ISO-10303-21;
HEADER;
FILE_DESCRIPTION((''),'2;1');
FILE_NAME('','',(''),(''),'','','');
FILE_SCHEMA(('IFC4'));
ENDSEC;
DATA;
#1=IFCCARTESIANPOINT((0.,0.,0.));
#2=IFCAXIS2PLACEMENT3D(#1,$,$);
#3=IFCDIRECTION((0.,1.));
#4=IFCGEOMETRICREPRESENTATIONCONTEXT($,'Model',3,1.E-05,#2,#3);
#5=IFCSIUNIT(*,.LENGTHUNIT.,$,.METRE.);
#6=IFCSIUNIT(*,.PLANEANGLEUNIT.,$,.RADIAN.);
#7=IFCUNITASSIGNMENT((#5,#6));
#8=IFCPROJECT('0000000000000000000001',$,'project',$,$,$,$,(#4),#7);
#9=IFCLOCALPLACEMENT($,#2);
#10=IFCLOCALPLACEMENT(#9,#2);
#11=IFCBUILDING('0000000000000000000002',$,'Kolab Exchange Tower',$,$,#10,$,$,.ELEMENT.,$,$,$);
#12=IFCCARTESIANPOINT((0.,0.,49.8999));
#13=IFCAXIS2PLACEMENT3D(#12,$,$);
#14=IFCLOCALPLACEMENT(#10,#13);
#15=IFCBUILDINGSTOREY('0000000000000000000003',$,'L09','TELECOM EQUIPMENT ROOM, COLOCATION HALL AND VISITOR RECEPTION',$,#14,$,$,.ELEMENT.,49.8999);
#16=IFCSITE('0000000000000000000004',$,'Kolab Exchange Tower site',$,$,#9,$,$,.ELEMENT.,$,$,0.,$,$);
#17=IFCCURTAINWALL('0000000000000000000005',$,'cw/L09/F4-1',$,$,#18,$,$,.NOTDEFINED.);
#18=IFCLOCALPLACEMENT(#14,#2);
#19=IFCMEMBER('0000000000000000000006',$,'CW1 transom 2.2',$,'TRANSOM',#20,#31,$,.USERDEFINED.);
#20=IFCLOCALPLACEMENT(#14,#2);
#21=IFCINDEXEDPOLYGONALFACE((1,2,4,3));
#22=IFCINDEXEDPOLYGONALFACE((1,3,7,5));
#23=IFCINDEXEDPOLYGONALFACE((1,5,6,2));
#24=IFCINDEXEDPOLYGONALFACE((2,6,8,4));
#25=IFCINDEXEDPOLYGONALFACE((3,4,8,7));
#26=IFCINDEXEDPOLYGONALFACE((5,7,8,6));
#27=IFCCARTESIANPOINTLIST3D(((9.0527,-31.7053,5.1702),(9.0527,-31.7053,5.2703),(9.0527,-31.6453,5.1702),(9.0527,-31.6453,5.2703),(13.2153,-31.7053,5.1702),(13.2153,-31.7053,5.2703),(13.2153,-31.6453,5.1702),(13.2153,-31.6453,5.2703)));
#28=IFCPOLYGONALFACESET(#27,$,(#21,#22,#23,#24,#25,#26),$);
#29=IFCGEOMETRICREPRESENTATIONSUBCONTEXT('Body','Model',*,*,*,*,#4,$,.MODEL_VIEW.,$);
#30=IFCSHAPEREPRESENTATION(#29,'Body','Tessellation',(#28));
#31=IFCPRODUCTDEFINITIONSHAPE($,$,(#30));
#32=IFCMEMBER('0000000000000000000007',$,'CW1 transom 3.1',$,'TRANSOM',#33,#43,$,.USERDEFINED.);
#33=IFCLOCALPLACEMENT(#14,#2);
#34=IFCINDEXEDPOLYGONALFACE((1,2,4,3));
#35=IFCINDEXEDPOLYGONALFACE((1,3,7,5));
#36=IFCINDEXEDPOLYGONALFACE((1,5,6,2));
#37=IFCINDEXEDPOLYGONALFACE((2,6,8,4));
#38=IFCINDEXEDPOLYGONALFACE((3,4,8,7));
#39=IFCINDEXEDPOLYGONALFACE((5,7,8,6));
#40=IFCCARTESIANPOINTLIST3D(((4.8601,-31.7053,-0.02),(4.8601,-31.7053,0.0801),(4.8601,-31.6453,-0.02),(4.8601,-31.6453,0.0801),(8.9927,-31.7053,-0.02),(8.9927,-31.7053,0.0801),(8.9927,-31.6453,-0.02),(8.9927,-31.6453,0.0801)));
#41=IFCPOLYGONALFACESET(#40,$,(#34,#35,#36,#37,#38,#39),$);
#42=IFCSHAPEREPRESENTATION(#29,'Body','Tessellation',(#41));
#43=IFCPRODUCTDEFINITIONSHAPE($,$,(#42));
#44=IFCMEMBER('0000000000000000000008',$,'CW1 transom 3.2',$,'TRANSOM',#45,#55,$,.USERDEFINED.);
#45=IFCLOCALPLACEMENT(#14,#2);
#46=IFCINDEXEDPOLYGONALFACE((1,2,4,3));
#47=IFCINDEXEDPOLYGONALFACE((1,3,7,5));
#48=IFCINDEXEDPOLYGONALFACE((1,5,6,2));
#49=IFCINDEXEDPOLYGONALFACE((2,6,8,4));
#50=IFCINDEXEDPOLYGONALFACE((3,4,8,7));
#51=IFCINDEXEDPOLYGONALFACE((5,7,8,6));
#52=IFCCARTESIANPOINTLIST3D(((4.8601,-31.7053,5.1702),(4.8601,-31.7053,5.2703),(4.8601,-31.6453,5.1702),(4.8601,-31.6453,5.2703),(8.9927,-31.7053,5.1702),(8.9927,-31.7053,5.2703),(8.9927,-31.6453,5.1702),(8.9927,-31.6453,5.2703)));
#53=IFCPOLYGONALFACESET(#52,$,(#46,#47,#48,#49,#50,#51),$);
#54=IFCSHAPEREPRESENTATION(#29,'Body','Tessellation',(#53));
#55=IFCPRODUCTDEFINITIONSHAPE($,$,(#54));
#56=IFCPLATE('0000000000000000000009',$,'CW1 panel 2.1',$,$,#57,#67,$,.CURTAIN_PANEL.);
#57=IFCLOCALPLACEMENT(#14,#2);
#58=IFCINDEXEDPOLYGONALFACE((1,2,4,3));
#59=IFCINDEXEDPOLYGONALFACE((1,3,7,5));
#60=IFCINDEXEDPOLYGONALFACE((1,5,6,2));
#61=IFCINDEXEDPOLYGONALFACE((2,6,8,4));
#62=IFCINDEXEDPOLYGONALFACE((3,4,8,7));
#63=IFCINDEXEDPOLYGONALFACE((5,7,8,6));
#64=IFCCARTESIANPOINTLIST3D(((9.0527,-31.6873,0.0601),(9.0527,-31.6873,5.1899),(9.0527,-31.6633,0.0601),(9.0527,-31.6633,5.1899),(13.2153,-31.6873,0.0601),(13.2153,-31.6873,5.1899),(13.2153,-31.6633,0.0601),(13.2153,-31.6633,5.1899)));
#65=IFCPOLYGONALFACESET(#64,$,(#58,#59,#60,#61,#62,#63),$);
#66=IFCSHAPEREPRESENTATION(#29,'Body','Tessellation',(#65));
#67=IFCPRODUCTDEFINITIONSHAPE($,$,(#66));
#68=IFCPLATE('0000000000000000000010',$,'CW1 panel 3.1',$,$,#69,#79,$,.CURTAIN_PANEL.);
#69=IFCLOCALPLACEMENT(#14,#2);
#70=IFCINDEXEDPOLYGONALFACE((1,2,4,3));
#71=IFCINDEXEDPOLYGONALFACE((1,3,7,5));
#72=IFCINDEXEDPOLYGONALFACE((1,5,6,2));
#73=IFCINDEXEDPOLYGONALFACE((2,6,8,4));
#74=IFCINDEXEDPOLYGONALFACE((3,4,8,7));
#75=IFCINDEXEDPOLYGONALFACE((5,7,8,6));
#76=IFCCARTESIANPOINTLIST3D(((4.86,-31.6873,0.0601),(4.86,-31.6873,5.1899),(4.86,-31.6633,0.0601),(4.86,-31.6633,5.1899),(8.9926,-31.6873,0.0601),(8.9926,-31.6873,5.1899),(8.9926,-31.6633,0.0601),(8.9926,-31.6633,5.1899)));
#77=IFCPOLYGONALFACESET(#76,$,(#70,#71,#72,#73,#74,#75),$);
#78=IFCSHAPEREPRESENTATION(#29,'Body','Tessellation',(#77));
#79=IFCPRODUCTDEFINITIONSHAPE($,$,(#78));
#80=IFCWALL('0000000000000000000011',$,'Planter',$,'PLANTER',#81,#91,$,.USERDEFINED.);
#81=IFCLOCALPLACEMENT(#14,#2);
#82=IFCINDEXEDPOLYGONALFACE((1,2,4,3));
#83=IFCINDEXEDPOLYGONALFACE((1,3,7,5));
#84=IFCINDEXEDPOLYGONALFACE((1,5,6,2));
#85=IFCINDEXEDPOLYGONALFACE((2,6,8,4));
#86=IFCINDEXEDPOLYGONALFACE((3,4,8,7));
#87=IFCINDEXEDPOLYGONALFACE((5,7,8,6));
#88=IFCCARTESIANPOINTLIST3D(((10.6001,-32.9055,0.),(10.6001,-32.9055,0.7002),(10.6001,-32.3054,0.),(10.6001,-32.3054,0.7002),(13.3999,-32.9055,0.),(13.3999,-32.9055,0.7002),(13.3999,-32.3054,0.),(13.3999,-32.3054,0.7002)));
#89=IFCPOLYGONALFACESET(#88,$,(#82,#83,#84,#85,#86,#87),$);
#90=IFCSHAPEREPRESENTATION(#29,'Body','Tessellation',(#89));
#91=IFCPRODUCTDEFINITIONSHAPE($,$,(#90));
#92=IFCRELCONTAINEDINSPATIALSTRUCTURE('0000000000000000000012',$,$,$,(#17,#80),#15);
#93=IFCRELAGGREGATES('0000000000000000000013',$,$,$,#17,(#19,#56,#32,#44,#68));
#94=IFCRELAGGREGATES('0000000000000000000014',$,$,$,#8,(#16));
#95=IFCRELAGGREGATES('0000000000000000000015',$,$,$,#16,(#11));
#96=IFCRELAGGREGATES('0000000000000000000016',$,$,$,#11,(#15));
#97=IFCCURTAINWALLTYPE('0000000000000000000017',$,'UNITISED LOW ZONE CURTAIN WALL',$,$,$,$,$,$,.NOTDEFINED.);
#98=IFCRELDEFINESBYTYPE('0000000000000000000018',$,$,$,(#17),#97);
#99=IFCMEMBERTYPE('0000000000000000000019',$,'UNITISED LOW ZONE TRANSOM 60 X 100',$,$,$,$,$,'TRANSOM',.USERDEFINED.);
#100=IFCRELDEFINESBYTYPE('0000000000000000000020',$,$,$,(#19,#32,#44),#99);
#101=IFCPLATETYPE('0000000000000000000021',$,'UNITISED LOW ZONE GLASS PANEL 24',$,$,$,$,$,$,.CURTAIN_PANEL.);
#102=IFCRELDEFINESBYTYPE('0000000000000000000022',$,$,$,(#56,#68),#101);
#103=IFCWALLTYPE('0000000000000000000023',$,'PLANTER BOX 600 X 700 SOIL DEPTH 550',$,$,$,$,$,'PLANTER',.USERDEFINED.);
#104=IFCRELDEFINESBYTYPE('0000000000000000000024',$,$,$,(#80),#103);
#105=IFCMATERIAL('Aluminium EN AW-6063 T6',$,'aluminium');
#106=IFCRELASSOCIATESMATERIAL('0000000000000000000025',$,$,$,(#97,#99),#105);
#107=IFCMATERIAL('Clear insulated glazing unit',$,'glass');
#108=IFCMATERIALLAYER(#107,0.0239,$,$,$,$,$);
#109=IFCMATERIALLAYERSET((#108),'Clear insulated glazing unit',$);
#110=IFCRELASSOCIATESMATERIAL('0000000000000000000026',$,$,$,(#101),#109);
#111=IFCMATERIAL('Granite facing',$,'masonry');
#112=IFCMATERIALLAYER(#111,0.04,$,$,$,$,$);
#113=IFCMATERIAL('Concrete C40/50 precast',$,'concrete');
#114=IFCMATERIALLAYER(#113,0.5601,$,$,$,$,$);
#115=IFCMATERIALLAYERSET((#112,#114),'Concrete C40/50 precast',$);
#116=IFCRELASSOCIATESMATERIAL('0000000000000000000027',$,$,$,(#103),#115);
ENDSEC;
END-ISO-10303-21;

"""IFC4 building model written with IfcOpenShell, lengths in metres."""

from ifc_helpers import new_model, si_unit, direction, frame, frame_2d, origin, origin_2d, place, context, subcontext, project, spatial, rectangle, extrude, material, layer, layer_set, material_profile, profile_set, type_object, element, aggregate, save


model = new_model("IFC4")

# Units and contexts
model_context = context("Model", 3, precision=1e-05, world=origin(), true_north=direction((0.0, 1.0)))
body_context = subcontext(model_context, "Body", "Model", "MODEL_VIEW")
ifc_project = project(units=[si_unit("LENGTHUNIT", "METRE"), si_unit("PLANEANGLEUNIT", "RADIAN")], contexts=[model_context])

# Site, building, storey
site_placement = place(None, origin())
site = spatial("IfcSite", under=ifc_project, at=site_placement, Name="Kolab Exchange Tower site", CompositionType="ELEMENT", RefElevation=0.0)
building_placement = place(site_placement, origin())
building = spatial("IfcBuilding", under=site, at=building_placement, Name="Kolab Exchange Tower", CompositionType="ELEMENT")
storey_placement = place(building_placement, frame((0.0, 0.0, 49.8999)))
storey = spatial("IfcBuildingStorey", under=building, at=storey_placement, Name="L09", Description="TELECOM EQUIPMENT ROOM, COLOCATION HALL AND VISITOR RECEPTION", CompositionType="ELEMENT", Elevation=49.8999)

# Curtain wall, members, plates
ifc_material_1 = material(Name="Aluminium EN AW-6063 T6", Category="aluminium")
curtain_wall_type = type_object("IfcCurtainWallType", Name="UNITISED LOW ZONE CURTAIN WALL", PredefinedType="NOTDEFINED", material=ifc_material_1)
curtain_wall_placement = place(storey_placement, origin())
curtain_wall = element("IfcCurtainWall", 1, at=curtain_wall_placement, inside=storey, type_object=curtain_wall_type, Name="cw/L09/F4-1", PredefinedType="NOTDEFINED")
ifc_material_profile_1 = material_profile(ifc_material_1, rectangle(XDim=0.0601, YDim=0.1001, at=origin_2d()), Name="RECT 60X100")
ifc_profile_set_1 = profile_set([ifc_material_profile_1], Name="Aluminium EN AW-6063 T6")
member_type_1 = type_object("IfcMemberType", Name="UNITISED LOW ZONE TRANSOM 60 X 100", ElementType="TRANSOM", PredefinedType="USERDEFINED", material=ifc_profile_set_1)
member_1_placement = place(storey_placement, frame((13.2153, -31.6753, 5.2202), z_axis=(-1.0, 0.0, 0.0), x_axis=(0.0, -1.0, 0.0)))
member_1 = element("IfcMember", 2, at=member_1_placement, type_object=member_type_1, Name="CW1 transom 2.2", ObjectType="TRANSOM", PredefinedType="USERDEFINED", context=body_context, shape_type="SweptSolid", body=[
    extrude(rectangle(XDim=0.0601, YDim=0.1001, at=origin_2d()), origin(), (0.0, 0.0, 1.0), 4.1626),
])
member_2_placement = place(storey_placement, frame((8.9927, -31.6753, 0.03), z_axis=(-1.0, 0.0, 0.0), x_axis=(0.0, -1.0, 0.0)))
member_2 = element("IfcMember", 3, at=member_2_placement, type_object=member_type_1, Name="CW1 transom 3.1", ObjectType="TRANSOM", PredefinedType="USERDEFINED", context=body_context, shape_type="SweptSolid", body=[
    extrude(rectangle(XDim=0.0601, YDim=0.1001, at=origin_2d()), origin(), (0.0, 0.0, 1.0), 4.1326),
])
member_3_placement = place(storey_placement, frame((8.9927, -31.6753, 5.2202), z_axis=(-1.0, 0.0, 0.0), x_axis=(0.0, -1.0, 0.0)))
member_3 = element("IfcMember", 4, at=member_3_placement, type_object=member_type_1, Name="CW1 transom 3.2", ObjectType="TRANSOM", PredefinedType="USERDEFINED", context=body_context, shape_type="SweptSolid", body=[
    extrude(rectangle(XDim=0.0601, YDim=0.1001, at=origin_2d()), origin(), (0.0, 0.0, 1.0), 4.1326),
])
ifc_material_2 = material(Name="Clear insulated glazing unit", Category="glass")
ifc_layer_1 = layer(ifc_material_2, 0.0239)
ifc_layer_set_1 = layer_set([ifc_layer_1], Name="Clear insulated glazing unit")
plate_type = type_object("IfcPlateType", Name="UNITISED LOW ZONE GLASS PANEL 24", PredefinedType="CURTAIN_PANEL", material=ifc_layer_set_1)
plate_1_placement = place(storey_placement, frame((11.134, -31.6753, 0.0601), z_axis=(0.0, 0.0, 1.0), x_axis=(-1.0, 0.0, 0.0)))
plate_1 = element("IfcPlate", 5, at=plate_1_placement, type_object=plate_type, Name="CW1 panel 2.1", PredefinedType="CURTAIN_PANEL", context=body_context, shape_type="SweptSolid", body=[
    extrude(rectangle(XDim=4.1626, YDim=0.0239, at=origin_2d()), origin(), (0.0, 0.0, 1.0), 5.1299),
])
plate_2_placement = place(storey_placement, frame((6.9263, -31.6753, 0.0601), z_axis=(0.0, 0.0, 1.0), x_axis=(-1.0, 0.0, 0.0)))
plate_2 = element("IfcPlate", 6, at=plate_2_placement, type_object=plate_type, Name="CW1 panel 3.1", PredefinedType="CURTAIN_PANEL", context=body_context, shape_type="SweptSolid", body=[
    extrude(rectangle(XDim=4.1326, YDim=0.0239, at=origin_2d()), origin(), (0.0, 0.0, 1.0), 5.1299),
])
aggregate(curtain_wall, [member_1, plate_1, member_2, member_3, plate_2])

# Wall
ifc_material_3 = material(Name="Granite facing", Category="masonry")
ifc_layer_2 = layer(ifc_material_3, 0.04)
ifc_material_4 = material(Name="Concrete C40/50 precast", Category="concrete")
ifc_layer_3 = layer(ifc_material_4, 0.5601)
ifc_layer_set_2 = layer_set([ifc_layer_2, ifc_layer_3], Name="Concrete C40/50 precast")
wall_type_1 = type_object("IfcWallType", Name="PLANTER BOX 600 X 700 SOIL DEPTH 550", ElementType="PLANTER", PredefinedType="USERDEFINED", material=ifc_layer_set_2)
wall_1_placement = place(storey_placement, frame((13.3999, -32.6055, 0.0), z_axis=(0.0, 0.0, 1.0), x_axis=(-1.0, 0.0, 0.0)))
element("IfcWall", 7, at=wall_1_placement, inside=storey, type_object=wall_type_1, Name="Planter", ObjectType="PLANTER", PredefinedType="USERDEFINED", context=body_context, shape_type="SweptSolid", body=[
    extrude(rectangle(XDim=2.7998, YDim=0.6001, at=frame_2d((1.3999, 0.0))), origin(), (0.0, 0.0, 1.0), 0.7002),
])

save(model, "model.ifc")
